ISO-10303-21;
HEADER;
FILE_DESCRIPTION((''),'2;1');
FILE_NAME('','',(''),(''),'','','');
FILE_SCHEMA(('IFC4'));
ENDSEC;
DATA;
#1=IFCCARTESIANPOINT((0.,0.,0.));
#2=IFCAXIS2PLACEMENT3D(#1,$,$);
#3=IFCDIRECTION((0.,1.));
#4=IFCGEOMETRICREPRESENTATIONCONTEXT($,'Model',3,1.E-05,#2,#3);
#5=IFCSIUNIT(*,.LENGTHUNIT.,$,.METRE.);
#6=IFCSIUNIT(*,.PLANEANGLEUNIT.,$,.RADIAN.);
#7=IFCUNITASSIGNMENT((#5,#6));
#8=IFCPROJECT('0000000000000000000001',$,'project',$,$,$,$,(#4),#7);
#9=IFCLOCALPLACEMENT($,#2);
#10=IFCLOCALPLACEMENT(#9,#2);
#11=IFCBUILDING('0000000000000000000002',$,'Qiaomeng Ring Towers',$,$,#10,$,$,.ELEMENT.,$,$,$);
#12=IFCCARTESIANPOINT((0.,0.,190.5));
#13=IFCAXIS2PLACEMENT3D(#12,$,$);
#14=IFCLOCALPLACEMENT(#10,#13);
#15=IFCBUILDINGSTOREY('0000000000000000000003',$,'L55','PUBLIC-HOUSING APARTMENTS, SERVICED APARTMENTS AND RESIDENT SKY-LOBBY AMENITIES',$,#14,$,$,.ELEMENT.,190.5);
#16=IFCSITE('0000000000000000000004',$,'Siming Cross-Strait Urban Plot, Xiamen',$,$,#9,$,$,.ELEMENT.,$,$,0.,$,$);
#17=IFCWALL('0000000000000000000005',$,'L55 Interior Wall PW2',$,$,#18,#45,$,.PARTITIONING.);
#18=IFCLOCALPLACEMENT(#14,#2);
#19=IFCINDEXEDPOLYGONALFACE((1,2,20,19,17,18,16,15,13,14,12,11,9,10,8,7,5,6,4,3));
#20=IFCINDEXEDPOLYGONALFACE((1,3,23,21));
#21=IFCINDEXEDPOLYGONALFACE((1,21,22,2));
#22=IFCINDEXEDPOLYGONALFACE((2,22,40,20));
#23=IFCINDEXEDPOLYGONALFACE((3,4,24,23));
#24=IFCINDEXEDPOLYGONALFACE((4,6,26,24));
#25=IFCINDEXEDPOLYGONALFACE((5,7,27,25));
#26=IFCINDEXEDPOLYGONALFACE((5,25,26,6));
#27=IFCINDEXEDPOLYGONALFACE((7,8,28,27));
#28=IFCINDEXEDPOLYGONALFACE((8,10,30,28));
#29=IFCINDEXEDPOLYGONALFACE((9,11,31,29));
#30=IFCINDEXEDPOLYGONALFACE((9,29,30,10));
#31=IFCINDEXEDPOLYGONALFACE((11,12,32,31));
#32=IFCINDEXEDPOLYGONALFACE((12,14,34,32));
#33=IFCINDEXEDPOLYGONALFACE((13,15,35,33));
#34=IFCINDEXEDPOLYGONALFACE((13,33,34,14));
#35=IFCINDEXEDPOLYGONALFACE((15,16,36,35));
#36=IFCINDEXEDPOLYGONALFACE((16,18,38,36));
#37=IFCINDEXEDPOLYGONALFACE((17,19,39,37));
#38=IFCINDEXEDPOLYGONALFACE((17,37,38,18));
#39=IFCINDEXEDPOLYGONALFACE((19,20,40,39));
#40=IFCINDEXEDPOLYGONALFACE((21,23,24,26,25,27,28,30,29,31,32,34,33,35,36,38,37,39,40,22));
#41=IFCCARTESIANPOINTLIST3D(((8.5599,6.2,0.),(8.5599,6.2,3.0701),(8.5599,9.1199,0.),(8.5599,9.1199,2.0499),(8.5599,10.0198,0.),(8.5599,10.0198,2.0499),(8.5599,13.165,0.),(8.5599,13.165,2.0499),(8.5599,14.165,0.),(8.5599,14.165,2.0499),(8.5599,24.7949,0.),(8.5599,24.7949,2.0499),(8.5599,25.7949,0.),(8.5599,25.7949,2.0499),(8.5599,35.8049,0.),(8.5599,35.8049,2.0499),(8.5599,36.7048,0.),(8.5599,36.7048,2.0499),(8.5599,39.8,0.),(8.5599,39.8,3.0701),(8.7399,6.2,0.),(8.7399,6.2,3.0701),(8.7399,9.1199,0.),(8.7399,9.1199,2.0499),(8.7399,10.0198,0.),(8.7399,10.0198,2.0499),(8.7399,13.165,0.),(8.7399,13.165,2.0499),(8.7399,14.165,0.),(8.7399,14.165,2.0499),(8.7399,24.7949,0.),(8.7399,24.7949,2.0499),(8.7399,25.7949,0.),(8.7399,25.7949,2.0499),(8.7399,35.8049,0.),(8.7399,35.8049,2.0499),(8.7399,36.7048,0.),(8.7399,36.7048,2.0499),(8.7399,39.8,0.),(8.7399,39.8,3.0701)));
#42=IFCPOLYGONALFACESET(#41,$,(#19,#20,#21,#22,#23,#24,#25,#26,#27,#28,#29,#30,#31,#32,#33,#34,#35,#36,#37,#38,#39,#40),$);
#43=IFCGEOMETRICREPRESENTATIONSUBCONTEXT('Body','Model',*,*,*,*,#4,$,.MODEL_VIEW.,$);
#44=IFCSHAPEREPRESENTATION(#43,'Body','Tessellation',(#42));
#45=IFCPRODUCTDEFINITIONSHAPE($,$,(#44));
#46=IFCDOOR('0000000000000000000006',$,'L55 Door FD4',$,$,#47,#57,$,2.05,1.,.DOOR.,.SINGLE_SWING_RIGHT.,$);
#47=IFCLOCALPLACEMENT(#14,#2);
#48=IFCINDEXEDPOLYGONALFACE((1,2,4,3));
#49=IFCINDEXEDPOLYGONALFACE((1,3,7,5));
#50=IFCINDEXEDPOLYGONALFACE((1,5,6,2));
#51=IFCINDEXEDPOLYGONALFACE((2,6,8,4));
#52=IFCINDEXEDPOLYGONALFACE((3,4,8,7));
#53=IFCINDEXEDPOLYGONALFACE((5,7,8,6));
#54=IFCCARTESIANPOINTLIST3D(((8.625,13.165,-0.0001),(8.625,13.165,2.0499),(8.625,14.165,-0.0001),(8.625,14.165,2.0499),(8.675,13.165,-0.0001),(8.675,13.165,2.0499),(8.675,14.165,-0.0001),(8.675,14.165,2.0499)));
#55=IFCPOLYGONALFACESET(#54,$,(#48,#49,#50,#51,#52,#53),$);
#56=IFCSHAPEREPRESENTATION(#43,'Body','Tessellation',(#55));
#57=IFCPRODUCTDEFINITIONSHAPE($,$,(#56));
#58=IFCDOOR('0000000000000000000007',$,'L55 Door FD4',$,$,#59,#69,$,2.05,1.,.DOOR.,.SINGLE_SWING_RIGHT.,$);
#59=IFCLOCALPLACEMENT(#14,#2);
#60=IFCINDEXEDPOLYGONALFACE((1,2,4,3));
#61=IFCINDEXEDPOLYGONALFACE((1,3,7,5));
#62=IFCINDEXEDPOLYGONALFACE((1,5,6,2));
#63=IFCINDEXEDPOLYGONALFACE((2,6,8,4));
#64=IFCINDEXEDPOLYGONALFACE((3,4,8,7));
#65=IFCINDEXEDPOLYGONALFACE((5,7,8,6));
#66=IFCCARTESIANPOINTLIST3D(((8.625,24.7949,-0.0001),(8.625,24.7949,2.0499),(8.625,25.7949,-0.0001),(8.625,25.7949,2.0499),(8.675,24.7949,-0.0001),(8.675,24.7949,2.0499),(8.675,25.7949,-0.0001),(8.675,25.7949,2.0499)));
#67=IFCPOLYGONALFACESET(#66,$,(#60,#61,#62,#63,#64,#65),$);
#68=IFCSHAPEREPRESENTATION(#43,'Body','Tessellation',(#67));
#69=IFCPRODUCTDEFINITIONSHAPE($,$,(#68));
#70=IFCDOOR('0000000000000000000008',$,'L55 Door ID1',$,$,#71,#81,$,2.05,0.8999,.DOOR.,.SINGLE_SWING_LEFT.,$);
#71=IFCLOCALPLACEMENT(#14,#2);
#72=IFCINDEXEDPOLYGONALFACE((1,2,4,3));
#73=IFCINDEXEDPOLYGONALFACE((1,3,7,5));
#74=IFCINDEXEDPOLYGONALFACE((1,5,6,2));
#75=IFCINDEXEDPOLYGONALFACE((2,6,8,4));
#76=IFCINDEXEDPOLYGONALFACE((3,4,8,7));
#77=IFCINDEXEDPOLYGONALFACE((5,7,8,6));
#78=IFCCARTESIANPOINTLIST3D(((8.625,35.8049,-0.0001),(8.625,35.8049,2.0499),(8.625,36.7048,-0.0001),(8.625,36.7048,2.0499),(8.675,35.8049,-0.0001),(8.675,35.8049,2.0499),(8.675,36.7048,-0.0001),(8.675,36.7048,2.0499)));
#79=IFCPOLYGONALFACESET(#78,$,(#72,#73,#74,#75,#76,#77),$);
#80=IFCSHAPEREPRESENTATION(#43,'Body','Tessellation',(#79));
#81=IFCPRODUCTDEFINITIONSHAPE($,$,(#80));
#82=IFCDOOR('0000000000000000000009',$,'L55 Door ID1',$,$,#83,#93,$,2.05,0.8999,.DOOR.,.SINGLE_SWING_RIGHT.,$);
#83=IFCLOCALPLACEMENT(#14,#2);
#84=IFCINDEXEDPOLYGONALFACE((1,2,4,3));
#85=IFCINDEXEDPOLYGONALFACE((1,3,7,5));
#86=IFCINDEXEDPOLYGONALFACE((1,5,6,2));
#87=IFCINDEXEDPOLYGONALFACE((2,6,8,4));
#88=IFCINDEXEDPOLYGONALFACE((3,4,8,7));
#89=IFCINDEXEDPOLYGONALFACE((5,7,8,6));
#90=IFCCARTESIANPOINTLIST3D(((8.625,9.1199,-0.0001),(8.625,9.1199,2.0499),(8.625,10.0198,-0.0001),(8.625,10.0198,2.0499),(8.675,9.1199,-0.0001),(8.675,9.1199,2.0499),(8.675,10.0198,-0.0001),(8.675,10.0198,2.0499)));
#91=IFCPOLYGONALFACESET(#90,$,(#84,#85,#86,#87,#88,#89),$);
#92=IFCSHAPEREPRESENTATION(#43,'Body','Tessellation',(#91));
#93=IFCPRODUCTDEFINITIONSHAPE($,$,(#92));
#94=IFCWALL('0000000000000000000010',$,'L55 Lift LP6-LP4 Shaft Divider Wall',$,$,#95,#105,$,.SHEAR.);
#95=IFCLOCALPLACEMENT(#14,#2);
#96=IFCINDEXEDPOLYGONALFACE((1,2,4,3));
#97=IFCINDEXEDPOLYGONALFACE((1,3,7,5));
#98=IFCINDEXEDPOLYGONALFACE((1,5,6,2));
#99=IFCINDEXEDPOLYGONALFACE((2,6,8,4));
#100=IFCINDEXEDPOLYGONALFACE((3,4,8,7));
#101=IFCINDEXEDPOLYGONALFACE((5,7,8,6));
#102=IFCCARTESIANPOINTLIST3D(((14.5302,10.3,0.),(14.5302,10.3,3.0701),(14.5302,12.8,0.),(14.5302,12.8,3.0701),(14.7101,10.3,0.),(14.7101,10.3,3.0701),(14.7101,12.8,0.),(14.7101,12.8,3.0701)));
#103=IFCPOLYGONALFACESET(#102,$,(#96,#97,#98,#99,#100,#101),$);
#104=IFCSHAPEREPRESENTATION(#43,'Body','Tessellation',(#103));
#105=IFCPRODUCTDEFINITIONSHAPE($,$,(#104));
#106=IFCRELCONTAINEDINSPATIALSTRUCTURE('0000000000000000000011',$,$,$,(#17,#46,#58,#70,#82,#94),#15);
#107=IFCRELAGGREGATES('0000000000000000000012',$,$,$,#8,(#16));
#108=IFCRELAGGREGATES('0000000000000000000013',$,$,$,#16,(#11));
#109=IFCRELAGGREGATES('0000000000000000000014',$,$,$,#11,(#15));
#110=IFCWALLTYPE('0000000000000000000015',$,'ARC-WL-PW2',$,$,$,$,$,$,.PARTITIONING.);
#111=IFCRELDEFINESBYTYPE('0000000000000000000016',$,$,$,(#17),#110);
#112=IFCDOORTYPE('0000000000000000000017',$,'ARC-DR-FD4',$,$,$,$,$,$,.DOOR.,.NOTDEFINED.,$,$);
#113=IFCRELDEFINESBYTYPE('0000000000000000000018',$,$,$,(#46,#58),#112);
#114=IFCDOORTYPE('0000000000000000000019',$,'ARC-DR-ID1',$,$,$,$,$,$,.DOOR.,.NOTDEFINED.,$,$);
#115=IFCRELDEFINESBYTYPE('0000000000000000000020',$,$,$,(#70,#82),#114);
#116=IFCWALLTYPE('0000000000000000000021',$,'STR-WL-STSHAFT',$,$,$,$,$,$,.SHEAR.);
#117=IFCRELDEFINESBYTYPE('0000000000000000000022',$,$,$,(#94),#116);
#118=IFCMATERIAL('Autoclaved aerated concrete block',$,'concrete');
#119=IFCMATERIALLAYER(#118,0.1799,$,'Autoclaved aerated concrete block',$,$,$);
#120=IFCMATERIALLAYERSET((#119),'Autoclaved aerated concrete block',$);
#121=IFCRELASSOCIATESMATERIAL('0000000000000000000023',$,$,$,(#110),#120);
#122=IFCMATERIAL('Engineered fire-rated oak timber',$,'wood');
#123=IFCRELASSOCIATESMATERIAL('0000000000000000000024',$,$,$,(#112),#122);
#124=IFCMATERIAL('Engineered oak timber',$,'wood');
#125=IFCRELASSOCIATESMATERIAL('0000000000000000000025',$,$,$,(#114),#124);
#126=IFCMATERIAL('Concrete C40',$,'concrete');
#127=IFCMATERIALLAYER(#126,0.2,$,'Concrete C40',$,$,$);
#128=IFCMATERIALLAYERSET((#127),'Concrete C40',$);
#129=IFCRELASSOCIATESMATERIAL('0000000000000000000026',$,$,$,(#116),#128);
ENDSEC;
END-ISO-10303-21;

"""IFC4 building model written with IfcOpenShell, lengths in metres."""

from ifc_helpers import new_model, si_unit, direction, frame, frame_2d, origin, place, context, subcontext, project, spatial, rectangle, extrude, source, transform, mapped, material, layer, layer_set, type_object, element, fill, save


model = new_model("IFC4")

# Units and contexts
model_context = context("Model", 3, precision=1e-05, world=origin(), true_north=direction((0.0, 1.0)))
body_context = subcontext(model_context, "Body", "Model", "MODEL_VIEW")
ifc_project = project(units=[si_unit("LENGTHUNIT", "METRE"), si_unit("PLANEANGLEUNIT", "RADIAN")], contexts=[model_context])

# Site, building, storey
site_placement = place(None, origin())
site = spatial("IfcSite", under=ifc_project, at=site_placement, Name="Siming Cross-Strait Urban Plot, Xiamen", CompositionType="ELEMENT", RefElevation=0.0)
building_placement = place(site_placement, origin())
building = spatial("IfcBuilding", under=site, at=building_placement, Name="Qiaomeng Ring Towers", CompositionType="ELEMENT")
storey_placement = place(building_placement, frame((0.0, 0.0, 190.5)))
storey = spatial("IfcBuildingStorey", under=building, at=storey_placement, Name="L55", Description="PUBLIC-HOUSING APARTMENTS, SERVICED APARTMENTS AND RESIDENT SKY-LOBBY AMENITIES", CompositionType="ELEMENT", Elevation=190.5)

# Shared definitions
ifc_material_1 = material(Name="Autoclaved aerated concrete block", Category="concrete")

# Wall, openings, doors
ifc_layer_1 = layer(ifc_material_1, 0.1799, Name="Autoclaved aerated concrete block")
ifc_layer_set_1 = layer_set([ifc_layer_1], Name="Autoclaved aerated concrete block")
wall_type_1 = type_object("IfcWallType", Name="ARC-WL-PW2", PredefinedType="PARTITIONING", material=ifc_layer_set_1)
wall_1_placement = place(storey_placement, frame((8.6499, 6.2, 0.0), z_axis=(0.0, 0.0, 1.0), x_axis=(0.0, 1.0, 0.0)))
wall_1 = element("IfcWall", 1, at=wall_1_placement, inside=storey, type_object=wall_type_1, Name="L55 Interior Wall PW2", PredefinedType="PARTITIONING", context=body_context, shape_type="SweptSolid", body=[
    extrude(rectangle(XDim=33.6001, YDim=0.1799, at=frame_2d((16.8, 0.0))), origin(), (0.0, 0.0, 1.0), 3.0701),
])
opening_1_placement = place(wall_1_placement, frame((29.605, 0.0, 0.0)))
opening_1 = element("IfcOpeningElement", 2, at=opening_1_placement, cuts=wall_1, PredefinedType="OPENING", context=body_context, shape_type="SweptSolid", body=[
    extrude(rectangle(XDim=0.8999, YDim=2.05, at=frame_2d((0.45, 1.0249))), frame((0.0, 0.0999, 0.0), z_axis=(0.0, -1.0, 0.0), x_axis=(1.0, 0.0, 0.0)), (0.0, 0.0, 1.0), 0.2),
])
opening_2_placement = place(wall_1_placement, frame((2.9199, 0.0, 0.0)))
opening_2 = element("IfcOpeningElement", 3, at=opening_2_placement, cuts=wall_1, PredefinedType="OPENING", context=body_context, shape_type="SweptSolid", body=[
    extrude(rectangle(XDim=0.8999, YDim=2.05, at=frame_2d((0.45, 1.0249))), frame((0.0, 0.0999, 0.0), z_axis=(0.0, -1.0, 0.0), x_axis=(1.0, 0.0, 0.0)), (0.0, 0.0, 1.0), 0.2),
])
opening_3_placement = place(wall_1_placement, frame((6.9651, 0.0, 0.0)))
opening_3 = element("IfcOpeningElement", 4, at=opening_3_placement, cuts=wall_1, PredefinedType="OPENING", context=body_context, shape_type="SweptSolid", body=[
    extrude(rectangle(XDim=1.0, YDim=2.05, at=frame_2d((0.5, 1.0249))), frame((0.0, 0.0999, 0.0), z_axis=(0.0, -1.0, 0.0), x_axis=(1.0, 0.0, 0.0)), (0.0, 0.0, 1.0), 0.2),
])
opening_4_placement = place(wall_1_placement, frame((18.595, 0.0, 0.0)))
opening_4 = element("IfcOpeningElement", 5, at=opening_4_placement, cuts=wall_1, PredefinedType="OPENING", context=body_context, shape_type="SweptSolid", body=[
    extrude(rectangle(XDim=1.0, YDim=2.05, at=frame_2d((0.5, 1.0249))), frame((0.0, 0.0999, 0.0), z_axis=(0.0, -1.0, 0.0), x_axis=(1.0, 0.0, 0.0)), (0.0, 0.0, 1.0), 0.2),
])
ifc_material_2 = material(Name="Engineered fire-rated oak timber", Category="wood")
door_type_1 = type_object("IfcDoorType", Name="ARC-DR-FD4", OperationType="NOTDEFINED", PredefinedType="DOOR", material=ifc_material_2)
shared_shape_1 = source(origin(), body_context, "Body", "SweptSolid", [
    extrude(rectangle(XDim=1.0, YDim=2.05, at=frame_2d((0.5, 1.0249))), frame((0.0, 0.0249, 0.0), z_axis=(0.0, -1.0, 0.0), x_axis=(1.0, 0.0, 0.0)), (0.0, 0.0, 1.0), 0.05),
])
door_1_placement = place(opening_3_placement, origin())
door_1 = element("IfcDoor", 6, at=door_1_placement, inside=storey, type_object=door_type_1, Name="L55 Door FD4", OperationType="SINGLE_SWING_RIGHT", OverallHeight=2.05, OverallWidth=1.0, PredefinedType="DOOR", context=body_context, shape_type="MappedRepresentation", body=[
    mapped(shared_shape_1, transform((0.0, 0.0, 0.0), x_axis=(1.0, 0.0, 0.0), y_axis=(0.0, 1.0, 0.0), z_axis=(0.0, 0.0, 1.0), scale=1.0)),
])
fill(opening_3, door_1)
door_2_placement = place(opening_4_placement, origin())
door_2 = element("IfcDoor", 7, at=door_2_placement, inside=storey, type_object=door_type_1, Name="L55 Door FD4", OperationType="SINGLE_SWING_RIGHT", OverallHeight=2.05, OverallWidth=1.0, PredefinedType="DOOR", context=body_context, shape_type="MappedRepresentation", body=[
    mapped(shared_shape_1, transform((0.0, 0.0, 0.0), x_axis=(1.0, 0.0, 0.0), y_axis=(0.0, 1.0, 0.0), z_axis=(0.0, 0.0, 1.0), scale=1.0)),
])
fill(opening_4, door_2)
ifc_material_3 = material(Name="Engineered oak timber", Category="wood")
door_type_2 = type_object("IfcDoorType", Name="ARC-DR-ID1", OperationType="NOTDEFINED", PredefinedType="DOOR", material=ifc_material_3)
shared_shape_2 = source(origin(), body_context, "Body", "SweptSolid", [
    extrude(rectangle(XDim=0.8999, YDim=2.05, at=frame_2d((0.45, 1.0249))), frame((0.0, 0.0249, 0.0), z_axis=(0.0, -1.0, 0.0), x_axis=(1.0, 0.0, 0.0)), (0.0, 0.0, 1.0), 0.05),
])
door_3_placement = place(opening_1_placement, origin())
door_3 = element("IfcDoor", 8, at=door_3_placement, inside=storey, type_object=door_type_2, Name="L55 Door ID1", OperationType="SINGLE_SWING_LEFT", OverallHeight=2.05, OverallWidth=0.8999, PredefinedType="DOOR", context=body_context, shape_type="MappedRepresentation", body=[
    mapped(shared_shape_2, transform((0.0, 0.0, 0.0), x_axis=(1.0, 0.0, 0.0), y_axis=(0.0, 1.0, 0.0), z_axis=(0.0, 0.0, 1.0), scale=1.0)),
])
fill(opening_1, door_3)
door_4_placement = place(opening_2_placement, origin())
door_4 = element("IfcDoor", 9, at=door_4_placement, inside=storey, type_object=door_type_2, Name="L55 Door ID1", OperationType="SINGLE_SWING_RIGHT", OverallHeight=2.05, OverallWidth=0.8999, PredefinedType="DOOR", context=body_context, shape_type="MappedRepresentation", body=[
    mapped(shared_shape_2, transform((0.0, 0.0, 0.0), x_axis=(1.0, 0.0, 0.0), y_axis=(0.0, 1.0, 0.0), z_axis=(0.0, 0.0, 1.0), scale=1.0)),
])
fill(opening_2, door_4)

# Wall
ifc_material_4 = material(Name="Concrete C40", Category="concrete")
ifc_layer_2 = layer(ifc_material_4, 0.2, Name="Concrete C40")
ifc_layer_set_2 = layer_set([ifc_layer_2], Name="Concrete C40")
wall_type_2 = type_object("IfcWallType", Name="STR-WL-STSHAFT", PredefinedType="SHEAR", material=ifc_layer_set_2)
wall_2_placement = place(storey_placement, frame((14.6201, 10.3, 0.0), z_axis=(0.0, 0.0, 1.0), x_axis=(0.0, 1.0, 0.0)))
element("IfcWall", 10, at=wall_2_placement, inside=storey, type_object=wall_type_2, Name="L55 Lift LP6-LP4 Shaft Divider Wall", PredefinedType="SHEAR", context=body_context, shape_type="SweptSolid", body=[
    extrude(rectangle(XDim=2.5, YDim=0.1799, at=frame_2d((1.25, 0.0))), origin(), (0.0, 0.0, 1.0), 3.0701),
])

save(model, "model.ifc")
